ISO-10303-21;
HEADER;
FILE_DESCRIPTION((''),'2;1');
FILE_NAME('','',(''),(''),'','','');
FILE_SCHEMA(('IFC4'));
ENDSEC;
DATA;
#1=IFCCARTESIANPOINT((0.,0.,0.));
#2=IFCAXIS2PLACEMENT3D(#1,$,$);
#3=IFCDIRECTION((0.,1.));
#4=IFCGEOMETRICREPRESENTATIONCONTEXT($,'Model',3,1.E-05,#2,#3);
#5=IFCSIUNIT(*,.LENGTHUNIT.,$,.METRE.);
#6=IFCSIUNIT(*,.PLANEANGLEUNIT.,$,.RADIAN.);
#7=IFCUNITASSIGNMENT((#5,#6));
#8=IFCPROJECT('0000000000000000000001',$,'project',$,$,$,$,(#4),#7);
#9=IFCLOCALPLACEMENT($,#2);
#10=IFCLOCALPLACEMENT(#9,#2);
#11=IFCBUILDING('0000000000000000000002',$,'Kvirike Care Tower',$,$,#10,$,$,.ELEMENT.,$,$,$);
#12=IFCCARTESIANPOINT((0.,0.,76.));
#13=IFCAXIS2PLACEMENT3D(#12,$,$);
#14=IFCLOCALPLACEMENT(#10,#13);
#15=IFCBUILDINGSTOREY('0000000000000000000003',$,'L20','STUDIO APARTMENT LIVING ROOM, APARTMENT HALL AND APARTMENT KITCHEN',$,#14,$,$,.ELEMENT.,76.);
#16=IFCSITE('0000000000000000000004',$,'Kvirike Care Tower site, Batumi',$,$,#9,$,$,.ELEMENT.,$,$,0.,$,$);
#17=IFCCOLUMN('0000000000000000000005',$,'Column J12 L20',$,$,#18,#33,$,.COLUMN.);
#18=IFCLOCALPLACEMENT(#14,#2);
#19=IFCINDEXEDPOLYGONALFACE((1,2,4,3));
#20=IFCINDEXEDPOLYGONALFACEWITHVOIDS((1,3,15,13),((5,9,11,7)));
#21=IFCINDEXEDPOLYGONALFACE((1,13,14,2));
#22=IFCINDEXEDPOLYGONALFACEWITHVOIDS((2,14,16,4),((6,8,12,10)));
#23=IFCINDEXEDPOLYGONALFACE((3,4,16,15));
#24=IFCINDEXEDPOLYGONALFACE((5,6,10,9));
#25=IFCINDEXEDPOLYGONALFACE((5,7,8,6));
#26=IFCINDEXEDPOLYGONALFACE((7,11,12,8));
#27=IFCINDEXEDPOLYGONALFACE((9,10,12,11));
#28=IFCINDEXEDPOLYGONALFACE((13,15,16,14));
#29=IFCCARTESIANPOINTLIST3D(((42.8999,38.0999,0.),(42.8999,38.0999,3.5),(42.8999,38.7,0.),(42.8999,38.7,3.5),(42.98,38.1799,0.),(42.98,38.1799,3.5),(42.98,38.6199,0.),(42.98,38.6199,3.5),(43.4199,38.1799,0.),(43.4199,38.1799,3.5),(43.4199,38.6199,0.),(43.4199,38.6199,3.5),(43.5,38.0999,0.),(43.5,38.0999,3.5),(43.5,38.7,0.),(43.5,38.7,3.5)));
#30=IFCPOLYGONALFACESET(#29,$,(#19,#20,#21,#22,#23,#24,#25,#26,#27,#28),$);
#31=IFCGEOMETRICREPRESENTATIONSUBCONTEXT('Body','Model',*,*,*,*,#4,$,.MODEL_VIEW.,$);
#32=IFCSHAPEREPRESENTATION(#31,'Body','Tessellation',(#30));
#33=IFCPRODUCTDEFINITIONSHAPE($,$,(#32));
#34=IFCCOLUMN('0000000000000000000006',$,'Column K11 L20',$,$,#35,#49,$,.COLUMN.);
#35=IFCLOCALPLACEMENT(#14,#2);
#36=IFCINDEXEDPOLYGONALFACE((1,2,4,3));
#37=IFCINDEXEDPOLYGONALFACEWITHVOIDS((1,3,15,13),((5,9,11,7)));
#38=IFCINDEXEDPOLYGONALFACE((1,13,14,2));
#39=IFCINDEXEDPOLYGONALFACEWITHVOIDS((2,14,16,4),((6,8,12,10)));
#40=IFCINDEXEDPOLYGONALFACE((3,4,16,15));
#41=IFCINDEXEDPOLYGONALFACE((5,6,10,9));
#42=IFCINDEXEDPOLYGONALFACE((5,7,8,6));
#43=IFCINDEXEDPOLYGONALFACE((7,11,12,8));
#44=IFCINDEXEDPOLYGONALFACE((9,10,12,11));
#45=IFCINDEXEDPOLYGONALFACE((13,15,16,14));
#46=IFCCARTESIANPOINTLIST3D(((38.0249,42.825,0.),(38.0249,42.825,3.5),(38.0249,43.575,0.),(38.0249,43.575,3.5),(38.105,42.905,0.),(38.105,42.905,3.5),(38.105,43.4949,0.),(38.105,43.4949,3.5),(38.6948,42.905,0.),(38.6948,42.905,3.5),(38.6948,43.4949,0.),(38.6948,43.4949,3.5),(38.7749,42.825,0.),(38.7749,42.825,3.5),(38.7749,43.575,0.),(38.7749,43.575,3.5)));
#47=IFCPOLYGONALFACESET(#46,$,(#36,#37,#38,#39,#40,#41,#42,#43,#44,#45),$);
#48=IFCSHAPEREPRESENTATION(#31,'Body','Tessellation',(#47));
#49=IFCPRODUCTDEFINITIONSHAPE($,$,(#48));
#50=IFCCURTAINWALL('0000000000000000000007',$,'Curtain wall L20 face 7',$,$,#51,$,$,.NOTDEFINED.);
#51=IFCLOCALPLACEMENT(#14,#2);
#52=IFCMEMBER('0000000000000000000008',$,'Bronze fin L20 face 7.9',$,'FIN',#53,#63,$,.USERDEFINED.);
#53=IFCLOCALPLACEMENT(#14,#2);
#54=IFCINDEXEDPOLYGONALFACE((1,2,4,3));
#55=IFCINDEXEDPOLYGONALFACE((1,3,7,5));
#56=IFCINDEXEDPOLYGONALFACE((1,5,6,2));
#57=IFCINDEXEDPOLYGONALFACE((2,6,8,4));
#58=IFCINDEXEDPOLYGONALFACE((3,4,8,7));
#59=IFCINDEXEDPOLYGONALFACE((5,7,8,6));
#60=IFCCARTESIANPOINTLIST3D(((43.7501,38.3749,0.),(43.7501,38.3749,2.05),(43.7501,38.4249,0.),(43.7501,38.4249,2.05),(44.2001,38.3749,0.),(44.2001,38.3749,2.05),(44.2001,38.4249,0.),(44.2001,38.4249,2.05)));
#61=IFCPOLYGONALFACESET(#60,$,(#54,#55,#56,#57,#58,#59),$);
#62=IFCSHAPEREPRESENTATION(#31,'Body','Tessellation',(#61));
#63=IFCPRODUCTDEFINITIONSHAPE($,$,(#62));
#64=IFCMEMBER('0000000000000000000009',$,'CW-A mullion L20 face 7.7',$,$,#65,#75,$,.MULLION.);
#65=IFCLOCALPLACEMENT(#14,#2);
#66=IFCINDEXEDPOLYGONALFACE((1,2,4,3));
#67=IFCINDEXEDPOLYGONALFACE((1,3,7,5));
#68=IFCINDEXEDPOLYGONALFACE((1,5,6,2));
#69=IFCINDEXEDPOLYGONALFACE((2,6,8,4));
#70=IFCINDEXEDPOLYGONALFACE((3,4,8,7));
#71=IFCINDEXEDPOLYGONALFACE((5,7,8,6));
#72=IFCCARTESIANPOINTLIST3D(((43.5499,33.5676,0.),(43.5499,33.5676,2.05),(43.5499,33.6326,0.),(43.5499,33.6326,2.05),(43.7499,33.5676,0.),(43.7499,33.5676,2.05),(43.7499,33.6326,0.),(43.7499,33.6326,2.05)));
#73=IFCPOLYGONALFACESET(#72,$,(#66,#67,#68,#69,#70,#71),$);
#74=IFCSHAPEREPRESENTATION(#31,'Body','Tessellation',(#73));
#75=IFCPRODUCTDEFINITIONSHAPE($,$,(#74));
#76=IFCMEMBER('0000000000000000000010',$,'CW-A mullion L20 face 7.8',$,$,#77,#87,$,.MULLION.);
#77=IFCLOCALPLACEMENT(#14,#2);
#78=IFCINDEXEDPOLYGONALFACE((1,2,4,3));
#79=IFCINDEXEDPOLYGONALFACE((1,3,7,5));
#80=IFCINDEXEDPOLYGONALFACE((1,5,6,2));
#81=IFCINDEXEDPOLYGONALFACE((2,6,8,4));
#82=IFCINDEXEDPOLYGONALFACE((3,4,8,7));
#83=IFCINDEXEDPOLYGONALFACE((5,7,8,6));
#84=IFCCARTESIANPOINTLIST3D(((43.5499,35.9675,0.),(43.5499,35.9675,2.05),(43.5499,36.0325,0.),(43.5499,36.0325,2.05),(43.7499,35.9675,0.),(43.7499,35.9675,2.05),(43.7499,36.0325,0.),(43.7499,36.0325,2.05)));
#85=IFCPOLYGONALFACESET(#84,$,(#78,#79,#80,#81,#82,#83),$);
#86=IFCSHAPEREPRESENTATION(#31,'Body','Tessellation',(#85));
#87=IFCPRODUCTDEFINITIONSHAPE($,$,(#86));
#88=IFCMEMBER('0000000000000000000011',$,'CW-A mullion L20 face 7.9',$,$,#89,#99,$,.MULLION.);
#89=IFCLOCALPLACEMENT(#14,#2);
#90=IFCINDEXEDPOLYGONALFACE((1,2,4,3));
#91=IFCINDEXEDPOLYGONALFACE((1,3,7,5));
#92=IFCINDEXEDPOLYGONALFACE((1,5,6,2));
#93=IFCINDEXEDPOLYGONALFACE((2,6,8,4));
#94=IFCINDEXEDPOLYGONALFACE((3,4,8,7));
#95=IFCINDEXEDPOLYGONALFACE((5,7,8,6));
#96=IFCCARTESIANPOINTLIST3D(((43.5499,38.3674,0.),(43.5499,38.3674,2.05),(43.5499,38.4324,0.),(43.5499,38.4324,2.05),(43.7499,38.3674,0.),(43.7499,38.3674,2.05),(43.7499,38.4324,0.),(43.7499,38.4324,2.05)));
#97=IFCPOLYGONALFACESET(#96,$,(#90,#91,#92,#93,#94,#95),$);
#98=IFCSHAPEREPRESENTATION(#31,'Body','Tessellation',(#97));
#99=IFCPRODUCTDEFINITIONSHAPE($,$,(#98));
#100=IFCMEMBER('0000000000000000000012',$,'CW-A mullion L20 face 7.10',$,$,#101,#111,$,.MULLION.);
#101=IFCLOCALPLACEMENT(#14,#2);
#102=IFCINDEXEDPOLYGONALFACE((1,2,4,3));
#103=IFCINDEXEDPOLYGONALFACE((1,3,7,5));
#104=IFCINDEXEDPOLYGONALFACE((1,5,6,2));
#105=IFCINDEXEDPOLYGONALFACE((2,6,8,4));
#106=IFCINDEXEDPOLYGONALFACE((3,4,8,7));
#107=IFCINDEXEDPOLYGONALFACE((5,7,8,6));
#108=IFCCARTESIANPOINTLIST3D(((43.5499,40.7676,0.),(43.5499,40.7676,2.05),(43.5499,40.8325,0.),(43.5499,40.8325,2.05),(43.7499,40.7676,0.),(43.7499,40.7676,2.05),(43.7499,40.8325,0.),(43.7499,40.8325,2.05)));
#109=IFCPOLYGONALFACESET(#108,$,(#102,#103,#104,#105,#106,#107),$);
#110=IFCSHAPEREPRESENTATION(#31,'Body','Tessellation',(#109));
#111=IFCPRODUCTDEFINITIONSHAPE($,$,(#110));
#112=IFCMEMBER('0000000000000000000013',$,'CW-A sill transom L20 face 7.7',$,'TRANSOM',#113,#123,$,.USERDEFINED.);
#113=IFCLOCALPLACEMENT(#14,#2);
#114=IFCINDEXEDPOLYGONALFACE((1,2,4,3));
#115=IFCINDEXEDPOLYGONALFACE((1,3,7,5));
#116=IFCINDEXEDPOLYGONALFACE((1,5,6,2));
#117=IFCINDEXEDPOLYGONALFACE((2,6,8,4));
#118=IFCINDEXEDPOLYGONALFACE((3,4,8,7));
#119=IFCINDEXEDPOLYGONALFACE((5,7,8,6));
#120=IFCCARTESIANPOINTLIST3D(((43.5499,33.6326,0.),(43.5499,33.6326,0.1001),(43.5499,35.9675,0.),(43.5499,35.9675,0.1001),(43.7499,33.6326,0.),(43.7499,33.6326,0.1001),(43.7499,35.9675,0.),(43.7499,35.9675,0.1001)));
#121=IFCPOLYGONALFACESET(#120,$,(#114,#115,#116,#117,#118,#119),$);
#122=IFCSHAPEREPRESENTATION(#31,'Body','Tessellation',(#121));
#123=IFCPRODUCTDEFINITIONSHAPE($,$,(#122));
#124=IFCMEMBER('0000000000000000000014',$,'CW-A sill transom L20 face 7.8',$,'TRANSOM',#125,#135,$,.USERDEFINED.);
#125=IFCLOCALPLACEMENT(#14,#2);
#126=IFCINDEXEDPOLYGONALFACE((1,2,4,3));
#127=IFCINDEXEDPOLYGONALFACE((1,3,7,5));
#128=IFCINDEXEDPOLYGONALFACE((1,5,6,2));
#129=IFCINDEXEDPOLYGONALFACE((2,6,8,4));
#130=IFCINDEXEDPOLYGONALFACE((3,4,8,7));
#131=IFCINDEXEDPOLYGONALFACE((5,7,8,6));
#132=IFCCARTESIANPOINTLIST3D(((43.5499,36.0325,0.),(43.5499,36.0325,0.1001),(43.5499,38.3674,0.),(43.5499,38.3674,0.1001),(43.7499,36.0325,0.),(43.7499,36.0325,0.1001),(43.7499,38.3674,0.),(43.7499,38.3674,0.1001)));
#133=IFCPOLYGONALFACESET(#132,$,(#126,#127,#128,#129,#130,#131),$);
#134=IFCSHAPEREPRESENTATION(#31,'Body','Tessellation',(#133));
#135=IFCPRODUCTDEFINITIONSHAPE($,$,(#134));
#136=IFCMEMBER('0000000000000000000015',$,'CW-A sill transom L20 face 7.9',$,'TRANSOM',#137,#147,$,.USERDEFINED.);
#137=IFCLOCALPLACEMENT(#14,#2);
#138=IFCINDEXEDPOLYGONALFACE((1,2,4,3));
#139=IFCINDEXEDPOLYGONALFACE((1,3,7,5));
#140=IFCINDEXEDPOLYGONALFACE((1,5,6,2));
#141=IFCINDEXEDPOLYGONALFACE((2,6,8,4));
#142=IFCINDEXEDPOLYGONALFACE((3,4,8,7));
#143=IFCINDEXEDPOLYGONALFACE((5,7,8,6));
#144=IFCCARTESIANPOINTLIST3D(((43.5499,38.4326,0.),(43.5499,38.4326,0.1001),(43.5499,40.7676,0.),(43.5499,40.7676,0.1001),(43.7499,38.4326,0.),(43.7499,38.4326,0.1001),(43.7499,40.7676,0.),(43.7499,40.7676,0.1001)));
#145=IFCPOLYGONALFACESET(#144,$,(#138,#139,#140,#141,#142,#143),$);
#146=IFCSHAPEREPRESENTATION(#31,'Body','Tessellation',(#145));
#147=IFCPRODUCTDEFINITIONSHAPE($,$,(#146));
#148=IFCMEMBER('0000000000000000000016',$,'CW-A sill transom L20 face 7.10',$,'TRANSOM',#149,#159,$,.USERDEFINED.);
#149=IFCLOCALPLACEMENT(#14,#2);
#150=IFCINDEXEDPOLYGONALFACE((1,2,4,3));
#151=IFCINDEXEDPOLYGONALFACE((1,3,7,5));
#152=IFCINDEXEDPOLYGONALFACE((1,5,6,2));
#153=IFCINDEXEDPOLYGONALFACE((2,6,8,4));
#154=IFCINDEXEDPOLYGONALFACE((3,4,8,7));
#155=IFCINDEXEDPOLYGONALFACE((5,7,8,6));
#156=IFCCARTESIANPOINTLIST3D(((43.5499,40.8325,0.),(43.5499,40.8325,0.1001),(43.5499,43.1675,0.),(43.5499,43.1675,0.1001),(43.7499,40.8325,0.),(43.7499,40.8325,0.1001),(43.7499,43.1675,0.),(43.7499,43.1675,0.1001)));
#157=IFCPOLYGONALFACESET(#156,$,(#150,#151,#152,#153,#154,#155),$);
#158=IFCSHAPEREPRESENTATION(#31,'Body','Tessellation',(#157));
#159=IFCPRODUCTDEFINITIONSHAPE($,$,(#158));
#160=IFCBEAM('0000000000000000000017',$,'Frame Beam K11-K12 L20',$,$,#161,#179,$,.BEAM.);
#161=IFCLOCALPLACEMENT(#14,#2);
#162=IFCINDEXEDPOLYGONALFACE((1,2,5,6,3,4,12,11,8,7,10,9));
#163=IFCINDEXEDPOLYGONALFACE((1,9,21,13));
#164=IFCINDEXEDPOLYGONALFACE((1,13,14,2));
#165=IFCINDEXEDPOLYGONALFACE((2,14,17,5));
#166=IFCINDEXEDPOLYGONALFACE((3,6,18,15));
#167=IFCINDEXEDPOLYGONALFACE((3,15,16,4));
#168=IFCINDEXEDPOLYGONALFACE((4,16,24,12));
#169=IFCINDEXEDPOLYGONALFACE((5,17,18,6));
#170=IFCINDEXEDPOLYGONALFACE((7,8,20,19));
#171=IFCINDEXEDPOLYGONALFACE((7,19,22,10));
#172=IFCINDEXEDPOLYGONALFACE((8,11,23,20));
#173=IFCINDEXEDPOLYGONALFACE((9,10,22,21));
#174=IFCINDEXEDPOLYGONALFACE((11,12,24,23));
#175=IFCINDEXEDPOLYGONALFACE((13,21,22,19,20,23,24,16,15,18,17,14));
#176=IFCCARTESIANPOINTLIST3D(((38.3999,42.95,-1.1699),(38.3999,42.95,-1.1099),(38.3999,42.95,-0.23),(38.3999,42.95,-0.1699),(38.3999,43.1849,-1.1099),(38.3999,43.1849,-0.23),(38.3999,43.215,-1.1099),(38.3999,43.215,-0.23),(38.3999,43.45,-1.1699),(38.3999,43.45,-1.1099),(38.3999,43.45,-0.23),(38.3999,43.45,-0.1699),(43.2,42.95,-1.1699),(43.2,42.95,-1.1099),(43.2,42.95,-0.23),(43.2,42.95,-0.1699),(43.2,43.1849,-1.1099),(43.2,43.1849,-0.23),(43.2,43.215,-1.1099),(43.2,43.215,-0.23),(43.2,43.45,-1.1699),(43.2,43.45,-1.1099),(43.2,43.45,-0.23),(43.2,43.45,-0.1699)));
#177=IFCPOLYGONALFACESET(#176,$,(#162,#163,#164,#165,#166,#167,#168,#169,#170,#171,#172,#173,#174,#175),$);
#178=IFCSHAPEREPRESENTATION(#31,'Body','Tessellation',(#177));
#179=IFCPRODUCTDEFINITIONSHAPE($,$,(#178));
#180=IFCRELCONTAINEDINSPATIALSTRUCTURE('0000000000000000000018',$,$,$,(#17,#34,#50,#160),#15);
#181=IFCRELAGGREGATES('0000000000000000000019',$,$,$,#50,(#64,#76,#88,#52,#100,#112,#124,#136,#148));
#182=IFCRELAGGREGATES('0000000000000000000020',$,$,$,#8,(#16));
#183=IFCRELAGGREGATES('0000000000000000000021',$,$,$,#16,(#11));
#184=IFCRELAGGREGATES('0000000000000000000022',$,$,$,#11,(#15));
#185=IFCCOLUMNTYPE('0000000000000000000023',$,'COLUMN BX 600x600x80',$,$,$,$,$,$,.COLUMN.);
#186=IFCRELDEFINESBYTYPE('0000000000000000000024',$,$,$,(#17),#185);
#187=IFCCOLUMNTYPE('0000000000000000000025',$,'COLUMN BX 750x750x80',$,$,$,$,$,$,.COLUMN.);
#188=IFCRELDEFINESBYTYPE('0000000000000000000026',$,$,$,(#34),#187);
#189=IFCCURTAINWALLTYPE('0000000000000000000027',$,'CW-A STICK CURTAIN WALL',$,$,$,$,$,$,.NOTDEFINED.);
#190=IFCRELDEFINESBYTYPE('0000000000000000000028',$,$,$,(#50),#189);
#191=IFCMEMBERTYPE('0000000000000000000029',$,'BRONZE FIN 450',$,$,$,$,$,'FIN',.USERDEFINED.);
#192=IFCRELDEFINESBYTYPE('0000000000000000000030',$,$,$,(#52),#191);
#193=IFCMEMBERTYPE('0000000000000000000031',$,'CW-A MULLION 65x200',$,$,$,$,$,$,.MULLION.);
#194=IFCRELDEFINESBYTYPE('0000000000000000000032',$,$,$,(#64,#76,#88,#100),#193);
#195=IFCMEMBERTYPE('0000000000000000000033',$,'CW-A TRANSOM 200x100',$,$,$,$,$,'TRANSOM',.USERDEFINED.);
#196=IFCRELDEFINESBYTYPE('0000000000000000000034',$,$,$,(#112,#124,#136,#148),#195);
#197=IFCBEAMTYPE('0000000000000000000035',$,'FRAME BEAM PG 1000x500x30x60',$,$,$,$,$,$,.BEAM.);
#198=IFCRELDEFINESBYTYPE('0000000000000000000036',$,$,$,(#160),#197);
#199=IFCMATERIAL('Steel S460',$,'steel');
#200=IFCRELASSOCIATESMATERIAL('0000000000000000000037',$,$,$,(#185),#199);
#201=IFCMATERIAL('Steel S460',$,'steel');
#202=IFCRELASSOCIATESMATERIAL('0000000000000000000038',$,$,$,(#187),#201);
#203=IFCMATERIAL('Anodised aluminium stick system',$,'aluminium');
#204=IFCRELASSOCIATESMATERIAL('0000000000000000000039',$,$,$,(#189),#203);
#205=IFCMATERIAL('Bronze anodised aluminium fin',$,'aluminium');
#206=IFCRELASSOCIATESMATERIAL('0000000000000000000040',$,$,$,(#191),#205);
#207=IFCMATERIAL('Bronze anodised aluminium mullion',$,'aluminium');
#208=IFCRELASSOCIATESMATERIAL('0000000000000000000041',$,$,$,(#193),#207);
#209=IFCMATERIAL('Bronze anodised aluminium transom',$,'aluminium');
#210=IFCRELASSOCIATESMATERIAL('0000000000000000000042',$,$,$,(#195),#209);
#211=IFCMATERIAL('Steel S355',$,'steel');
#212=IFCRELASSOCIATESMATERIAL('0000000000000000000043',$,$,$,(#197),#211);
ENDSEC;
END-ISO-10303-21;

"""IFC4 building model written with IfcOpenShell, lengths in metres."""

from ifc_helpers import new_model, si_unit, direction, frame, origin, origin_2d, place, context, subcontext, project, spatial, rectangle, hollow_rectangle, i_section, extrude, material, material_profile, profile_set, type_object, element, aggregate, save


model = new_model("IFC4")

# Units and contexts
model_context = context("Model", 3, precision=1e-05, world=origin(), true_north=direction((0.0, 1.0)))
body_context = subcontext(model_context, "Body", "Model", "MODEL_VIEW")
ifc_project = project(units=[si_unit("LENGTHUNIT", "METRE"), si_unit("PLANEANGLEUNIT", "RADIAN")], contexts=[model_context])

# Site, building, storey
site_placement = place(None, origin())
site = spatial("IfcSite", under=ifc_project, at=site_placement, Name="Kvirike Care Tower site, Batumi", CompositionType="ELEMENT", RefElevation=0.0)
building_placement = place(site_placement, origin())
building = spatial("IfcBuilding", under=site, at=building_placement, Name="Kvirike Care Tower", CompositionType="ELEMENT")
storey_placement = place(building_placement, frame((0.0, 0.0, 76.0)))
storey = spatial("IfcBuildingStorey", under=building, at=storey_placement, Name="L20", Description="STUDIO APARTMENT LIVING ROOM, APARTMENT HALL AND APARTMENT KITCHEN", CompositionType="ELEMENT", Elevation=76.0)

# Columns
ifc_material_1 = material(Name="Steel S460", Category="steel")
ifc_material_profile_1 = material_profile(ifc_material_1, hollow_rectangle(XDim=0.6001, YDim=0.6001, WallThickness=0.0801, at=origin_2d()), Name="BX 600x600x80")
ifc_profile_set_1 = profile_set([ifc_material_profile_1], Name="Steel S460")
column_type_1 = type_object("IfcColumnType", Name="COLUMN BX 600x600x80", PredefinedType="COLUMN", material=ifc_profile_set_1)
column_1_placement = place(storey_placement, frame((43.2, 38.3999, 0.0), z_axis=(0.0, 0.0, 1.0), x_axis=(1.0, 0.0, 0.0)))
element("IfcColumn", 1, at=column_1_placement, inside=storey, type_object=column_type_1, Name="Column J12 L20", PredefinedType="COLUMN", context=body_context, shape_type="SweptSolid", body=[
    extrude(hollow_rectangle(XDim=0.6001, YDim=0.6001, WallThickness=0.0801, at=origin_2d()), origin(), (0.0, 0.0, 1.0), 3.5),
])
ifc_material_2 = material(Name="Steel S460", Category="steel")
ifc_material_profile_2 = material_profile(ifc_material_2, hollow_rectangle(XDim=0.75, YDim=0.75, WallThickness=0.0801, at=origin_2d()), Name="BX 750x750x80")
ifc_profile_set_2 = profile_set([ifc_material_profile_2], Name="Steel S460")
column_type_2 = type_object("IfcColumnType", Name="COLUMN BX 750x750x80", PredefinedType="COLUMN", material=ifc_profile_set_2)
column_2_placement = place(storey_placement, frame((38.3999, 43.2, 0.0), z_axis=(0.0, 0.0, 1.0), x_axis=(0.0, 1.0, 0.0)))
element("IfcColumn", 2, at=column_2_placement, inside=storey, type_object=column_type_2, Name="Column K11 L20", PredefinedType="COLUMN", context=body_context, shape_type="SweptSolid", body=[
    extrude(hollow_rectangle(XDim=0.75, YDim=0.75, WallThickness=0.0801, at=origin_2d()), origin(), (0.0, 0.0, 1.0), 3.5),
])

# Curtain wall, members
ifc_material_3 = material(Name="Anodised aluminium stick system", Category="aluminium")
curtain_wall_type = type_object("IfcCurtainWallType", Name="CW-A STICK CURTAIN WALL", PredefinedType="NOTDEFINED", material=ifc_material_3)
curtain_wall_placement = place(storey_placement, origin())
curtain_wall = element("IfcCurtainWall", 3, at=curtain_wall_placement, inside=storey, type_object=curtain_wall_type, Name="Curtain wall L20 face 7", PredefinedType="NOTDEFINED")
ifc_material_4 = material(Name="Bronze anodised aluminium fin", Category="aluminium")
ifc_material_profile_3 = material_profile(ifc_material_4, rectangle(XDim=0.05, YDim=0.45, at=origin_2d()), Name="BRONZE FIN 450")
ifc_profile_set_3 = profile_set([ifc_material_profile_3], Name="Bronze anodised aluminium fin")
member_type_1 = type_object("IfcMemberType", Name="BRONZE FIN 450", ElementType="FIN", PredefinedType="USERDEFINED", material=ifc_profile_set_3)
member_1_placement = place(storey_placement, frame((43.9751, 38.3999, 0.0), z_axis=(0.0, 0.0, 1.0), x_axis=(0.0, 1.0, 0.0)))
member_1 = element("IfcMember", 4, at=member_1_placement, type_object=member_type_1, Name="Bronze fin L20 face 7.9", ObjectType="FIN", PredefinedType="USERDEFINED", context=body_context, shape_type="SweptSolid", body=[
    extrude(rectangle(XDim=0.05, YDim=0.45, at=origin_2d()), origin(), (0.0, 0.0, 1.0), 2.05),
])
ifc_material_5 = material(Name="Bronze anodised aluminium mullion", Category="aluminium")
ifc_material_profile_4 = material_profile(ifc_material_5, rectangle(XDim=0.0649, YDim=0.2, at=origin_2d()), Name="CW-A MULLION 65x200")
ifc_profile_set_4 = profile_set([ifc_material_profile_4], Name="Bronze anodised aluminium mullion")
member_type_2 = type_object("IfcMemberType", Name="CW-A MULLION 65x200", PredefinedType="MULLION", material=ifc_profile_set_4)
member_2_placement = place(storey_placement, frame((43.6499, 33.6001, 0.0), z_axis=(0.0, 0.0, 1.0), x_axis=(0.0, 1.0, 0.0)))
member_2 = element("IfcMember", 5, at=member_2_placement, type_object=member_type_2, Name="CW-A mullion L20 face 7.7", PredefinedType="MULLION", context=body_context, shape_type="SweptSolid", body=[
    extrude(rectangle(XDim=0.0649, YDim=0.2, at=origin_2d()), origin(), (0.0, 0.0, 1.0), 2.05),
])
member_3_placement = place(storey_placement, frame((43.6499, 36.0, 0.0), z_axis=(0.0, 0.0, 1.0), x_axis=(0.0, 1.0, 0.0)))
member_3 = element("IfcMember", 6, at=member_3_placement, type_object=member_type_2, Name="CW-A mullion L20 face 7.8", PredefinedType="MULLION", context=body_context, shape_type="SweptSolid", body=[
    extrude(rectangle(XDim=0.0649, YDim=0.2, at=origin_2d()), origin(), (0.0, 0.0, 1.0), 2.05),
])
member_4_placement = place(storey_placement, frame((43.6499, 38.3999, 0.0), z_axis=(0.0, 0.0, 1.0), x_axis=(0.0, 1.0, 0.0)))
member_4 = element("IfcMember", 7, at=member_4_placement, type_object=member_type_2, Name="CW-A mullion L20 face 7.9", PredefinedType="MULLION", context=body_context, shape_type="SweptSolid", body=[
    extrude(rectangle(XDim=0.0649, YDim=0.2, at=origin_2d()), origin(), (0.0, 0.0, 1.0), 2.05),
])
member_5_placement = place(storey_placement, frame((43.6499, 40.8, 0.0), z_axis=(0.0, 0.0, 1.0), x_axis=(0.0, 1.0, 0.0)))
member_5 = element("IfcMember", 8, at=member_5_placement, type_object=member_type_2, Name="CW-A mullion L20 face 7.10", PredefinedType="MULLION", context=body_context, shape_type="SweptSolid", body=[
    extrude(rectangle(XDim=0.0649, YDim=0.2, at=origin_2d()), origin(), (0.0, 0.0, 1.0), 2.05),
])
ifc_material_6 = material(Name="Bronze anodised aluminium transom", Category="aluminium")
ifc_material_profile_5 = material_profile(ifc_material_6, rectangle(XDim=0.2, YDim=0.1001, at=origin_2d()), Name="CW-A TRANSOM 200x100")
ifc_profile_set_5 = profile_set([ifc_material_profile_5], Name="Bronze anodised aluminium transom")
member_type_3 = type_object("IfcMemberType", Name="CW-A TRANSOM 200x100", ElementType="TRANSOM", PredefinedType="USERDEFINED", material=ifc_profile_set_5)
member_6_placement = place(storey_placement, frame((43.6499, 33.6326, 0.05), z_axis=(0.0, 1.0, 0.0), x_axis=(-1.0, 0.0, 0.0)))
member_6 = element("IfcMember", 9, at=member_6_placement, type_object=member_type_3, Name="CW-A sill transom L20 face 7.7", ObjectType="TRANSOM", PredefinedType="USERDEFINED", context=body_context, shape_type="SweptSolid", body=[
    extrude(rectangle(XDim=0.2, YDim=0.1001, at=origin_2d()), origin(), (0.0, 0.0, 1.0), 2.335),
])
member_7_placement = place(storey_placement, frame((43.6499, 36.0325, 0.05), z_axis=(0.0, 1.0, 0.0), x_axis=(-1.0, 0.0, 0.0)))
member_7 = element("IfcMember", 10, at=member_7_placement, type_object=member_type_3, Name="CW-A sill transom L20 face 7.8", ObjectType="TRANSOM", PredefinedType="USERDEFINED", context=body_context, shape_type="SweptSolid", body=[
    extrude(rectangle(XDim=0.2, YDim=0.1001, at=origin_2d()), origin(), (0.0, 0.0, 1.0), 2.335),
])
member_8_placement = place(storey_placement, frame((43.6499, 38.4326, 0.05), z_axis=(0.0, 1.0, 0.0), x_axis=(-1.0, 0.0, 0.0)))
member_8 = element("IfcMember", 11, at=member_8_placement, type_object=member_type_3, Name="CW-A sill transom L20 face 7.9", ObjectType="TRANSOM", PredefinedType="USERDEFINED", context=body_context, shape_type="SweptSolid", body=[
    extrude(rectangle(XDim=0.2, YDim=0.1001, at=origin_2d()), origin(), (0.0, 0.0, 1.0), 2.335),
])
member_9_placement = place(storey_placement, frame((43.6499, 40.8325, 0.05), z_axis=(0.0, 1.0, 0.0), x_axis=(-1.0, 0.0, 0.0)))
member_9 = element("IfcMember", 12, at=member_9_placement, type_object=member_type_3, Name="CW-A sill transom L20 face 7.10", ObjectType="TRANSOM", PredefinedType="USERDEFINED", context=body_context, shape_type="SweptSolid", body=[
    extrude(rectangle(XDim=0.2, YDim=0.1001, at=origin_2d()), origin(), (0.0, 0.0, 1.0), 2.335),
])

# Beam
ifc_material_7 = material(Name="Steel S355", Category="steel")
ifc_material_profile_6 = material_profile(ifc_material_7, i_section(OverallWidth=0.5, OverallDepth=1.0, WebThickness=0.03, FlangeThickness=0.0601, at=origin_2d()), Name="PG 1000x500x30x60")
ifc_profile_set_6 = profile_set([ifc_material_profile_6], Name="Steel S355")
beam_type_1 = type_object("IfcBeamType", Name="FRAME BEAM PG 1000x500x30x60", PredefinedType="BEAM", material=ifc_profile_set_6)
beam_1_placement = place(storey_placement, frame((38.3999, 43.2, -0.6699), z_axis=(1.0, 0.0, 0.0), x_axis=(0.0, 1.0, 0.0)))
element("IfcBeam", 13, at=beam_1_placement, inside=storey, type_object=beam_type_1, Name="Frame Beam K11-K12 L20", PredefinedType="BEAM", context=body_context, shape_type="SweptSolid", body=[
    extrude(i_section(OverallWidth=0.5, OverallDepth=1.0, WebThickness=0.03, FlangeThickness=0.0601, at=origin_2d()), origin(), (0.0, 0.0, 1.0), 4.8),
])

aggregate(curtain_wall, [member_2, member_3, member_4, member_1, member_5, member_6, member_7, member_8, member_9])

save(model, "model.ifc")
